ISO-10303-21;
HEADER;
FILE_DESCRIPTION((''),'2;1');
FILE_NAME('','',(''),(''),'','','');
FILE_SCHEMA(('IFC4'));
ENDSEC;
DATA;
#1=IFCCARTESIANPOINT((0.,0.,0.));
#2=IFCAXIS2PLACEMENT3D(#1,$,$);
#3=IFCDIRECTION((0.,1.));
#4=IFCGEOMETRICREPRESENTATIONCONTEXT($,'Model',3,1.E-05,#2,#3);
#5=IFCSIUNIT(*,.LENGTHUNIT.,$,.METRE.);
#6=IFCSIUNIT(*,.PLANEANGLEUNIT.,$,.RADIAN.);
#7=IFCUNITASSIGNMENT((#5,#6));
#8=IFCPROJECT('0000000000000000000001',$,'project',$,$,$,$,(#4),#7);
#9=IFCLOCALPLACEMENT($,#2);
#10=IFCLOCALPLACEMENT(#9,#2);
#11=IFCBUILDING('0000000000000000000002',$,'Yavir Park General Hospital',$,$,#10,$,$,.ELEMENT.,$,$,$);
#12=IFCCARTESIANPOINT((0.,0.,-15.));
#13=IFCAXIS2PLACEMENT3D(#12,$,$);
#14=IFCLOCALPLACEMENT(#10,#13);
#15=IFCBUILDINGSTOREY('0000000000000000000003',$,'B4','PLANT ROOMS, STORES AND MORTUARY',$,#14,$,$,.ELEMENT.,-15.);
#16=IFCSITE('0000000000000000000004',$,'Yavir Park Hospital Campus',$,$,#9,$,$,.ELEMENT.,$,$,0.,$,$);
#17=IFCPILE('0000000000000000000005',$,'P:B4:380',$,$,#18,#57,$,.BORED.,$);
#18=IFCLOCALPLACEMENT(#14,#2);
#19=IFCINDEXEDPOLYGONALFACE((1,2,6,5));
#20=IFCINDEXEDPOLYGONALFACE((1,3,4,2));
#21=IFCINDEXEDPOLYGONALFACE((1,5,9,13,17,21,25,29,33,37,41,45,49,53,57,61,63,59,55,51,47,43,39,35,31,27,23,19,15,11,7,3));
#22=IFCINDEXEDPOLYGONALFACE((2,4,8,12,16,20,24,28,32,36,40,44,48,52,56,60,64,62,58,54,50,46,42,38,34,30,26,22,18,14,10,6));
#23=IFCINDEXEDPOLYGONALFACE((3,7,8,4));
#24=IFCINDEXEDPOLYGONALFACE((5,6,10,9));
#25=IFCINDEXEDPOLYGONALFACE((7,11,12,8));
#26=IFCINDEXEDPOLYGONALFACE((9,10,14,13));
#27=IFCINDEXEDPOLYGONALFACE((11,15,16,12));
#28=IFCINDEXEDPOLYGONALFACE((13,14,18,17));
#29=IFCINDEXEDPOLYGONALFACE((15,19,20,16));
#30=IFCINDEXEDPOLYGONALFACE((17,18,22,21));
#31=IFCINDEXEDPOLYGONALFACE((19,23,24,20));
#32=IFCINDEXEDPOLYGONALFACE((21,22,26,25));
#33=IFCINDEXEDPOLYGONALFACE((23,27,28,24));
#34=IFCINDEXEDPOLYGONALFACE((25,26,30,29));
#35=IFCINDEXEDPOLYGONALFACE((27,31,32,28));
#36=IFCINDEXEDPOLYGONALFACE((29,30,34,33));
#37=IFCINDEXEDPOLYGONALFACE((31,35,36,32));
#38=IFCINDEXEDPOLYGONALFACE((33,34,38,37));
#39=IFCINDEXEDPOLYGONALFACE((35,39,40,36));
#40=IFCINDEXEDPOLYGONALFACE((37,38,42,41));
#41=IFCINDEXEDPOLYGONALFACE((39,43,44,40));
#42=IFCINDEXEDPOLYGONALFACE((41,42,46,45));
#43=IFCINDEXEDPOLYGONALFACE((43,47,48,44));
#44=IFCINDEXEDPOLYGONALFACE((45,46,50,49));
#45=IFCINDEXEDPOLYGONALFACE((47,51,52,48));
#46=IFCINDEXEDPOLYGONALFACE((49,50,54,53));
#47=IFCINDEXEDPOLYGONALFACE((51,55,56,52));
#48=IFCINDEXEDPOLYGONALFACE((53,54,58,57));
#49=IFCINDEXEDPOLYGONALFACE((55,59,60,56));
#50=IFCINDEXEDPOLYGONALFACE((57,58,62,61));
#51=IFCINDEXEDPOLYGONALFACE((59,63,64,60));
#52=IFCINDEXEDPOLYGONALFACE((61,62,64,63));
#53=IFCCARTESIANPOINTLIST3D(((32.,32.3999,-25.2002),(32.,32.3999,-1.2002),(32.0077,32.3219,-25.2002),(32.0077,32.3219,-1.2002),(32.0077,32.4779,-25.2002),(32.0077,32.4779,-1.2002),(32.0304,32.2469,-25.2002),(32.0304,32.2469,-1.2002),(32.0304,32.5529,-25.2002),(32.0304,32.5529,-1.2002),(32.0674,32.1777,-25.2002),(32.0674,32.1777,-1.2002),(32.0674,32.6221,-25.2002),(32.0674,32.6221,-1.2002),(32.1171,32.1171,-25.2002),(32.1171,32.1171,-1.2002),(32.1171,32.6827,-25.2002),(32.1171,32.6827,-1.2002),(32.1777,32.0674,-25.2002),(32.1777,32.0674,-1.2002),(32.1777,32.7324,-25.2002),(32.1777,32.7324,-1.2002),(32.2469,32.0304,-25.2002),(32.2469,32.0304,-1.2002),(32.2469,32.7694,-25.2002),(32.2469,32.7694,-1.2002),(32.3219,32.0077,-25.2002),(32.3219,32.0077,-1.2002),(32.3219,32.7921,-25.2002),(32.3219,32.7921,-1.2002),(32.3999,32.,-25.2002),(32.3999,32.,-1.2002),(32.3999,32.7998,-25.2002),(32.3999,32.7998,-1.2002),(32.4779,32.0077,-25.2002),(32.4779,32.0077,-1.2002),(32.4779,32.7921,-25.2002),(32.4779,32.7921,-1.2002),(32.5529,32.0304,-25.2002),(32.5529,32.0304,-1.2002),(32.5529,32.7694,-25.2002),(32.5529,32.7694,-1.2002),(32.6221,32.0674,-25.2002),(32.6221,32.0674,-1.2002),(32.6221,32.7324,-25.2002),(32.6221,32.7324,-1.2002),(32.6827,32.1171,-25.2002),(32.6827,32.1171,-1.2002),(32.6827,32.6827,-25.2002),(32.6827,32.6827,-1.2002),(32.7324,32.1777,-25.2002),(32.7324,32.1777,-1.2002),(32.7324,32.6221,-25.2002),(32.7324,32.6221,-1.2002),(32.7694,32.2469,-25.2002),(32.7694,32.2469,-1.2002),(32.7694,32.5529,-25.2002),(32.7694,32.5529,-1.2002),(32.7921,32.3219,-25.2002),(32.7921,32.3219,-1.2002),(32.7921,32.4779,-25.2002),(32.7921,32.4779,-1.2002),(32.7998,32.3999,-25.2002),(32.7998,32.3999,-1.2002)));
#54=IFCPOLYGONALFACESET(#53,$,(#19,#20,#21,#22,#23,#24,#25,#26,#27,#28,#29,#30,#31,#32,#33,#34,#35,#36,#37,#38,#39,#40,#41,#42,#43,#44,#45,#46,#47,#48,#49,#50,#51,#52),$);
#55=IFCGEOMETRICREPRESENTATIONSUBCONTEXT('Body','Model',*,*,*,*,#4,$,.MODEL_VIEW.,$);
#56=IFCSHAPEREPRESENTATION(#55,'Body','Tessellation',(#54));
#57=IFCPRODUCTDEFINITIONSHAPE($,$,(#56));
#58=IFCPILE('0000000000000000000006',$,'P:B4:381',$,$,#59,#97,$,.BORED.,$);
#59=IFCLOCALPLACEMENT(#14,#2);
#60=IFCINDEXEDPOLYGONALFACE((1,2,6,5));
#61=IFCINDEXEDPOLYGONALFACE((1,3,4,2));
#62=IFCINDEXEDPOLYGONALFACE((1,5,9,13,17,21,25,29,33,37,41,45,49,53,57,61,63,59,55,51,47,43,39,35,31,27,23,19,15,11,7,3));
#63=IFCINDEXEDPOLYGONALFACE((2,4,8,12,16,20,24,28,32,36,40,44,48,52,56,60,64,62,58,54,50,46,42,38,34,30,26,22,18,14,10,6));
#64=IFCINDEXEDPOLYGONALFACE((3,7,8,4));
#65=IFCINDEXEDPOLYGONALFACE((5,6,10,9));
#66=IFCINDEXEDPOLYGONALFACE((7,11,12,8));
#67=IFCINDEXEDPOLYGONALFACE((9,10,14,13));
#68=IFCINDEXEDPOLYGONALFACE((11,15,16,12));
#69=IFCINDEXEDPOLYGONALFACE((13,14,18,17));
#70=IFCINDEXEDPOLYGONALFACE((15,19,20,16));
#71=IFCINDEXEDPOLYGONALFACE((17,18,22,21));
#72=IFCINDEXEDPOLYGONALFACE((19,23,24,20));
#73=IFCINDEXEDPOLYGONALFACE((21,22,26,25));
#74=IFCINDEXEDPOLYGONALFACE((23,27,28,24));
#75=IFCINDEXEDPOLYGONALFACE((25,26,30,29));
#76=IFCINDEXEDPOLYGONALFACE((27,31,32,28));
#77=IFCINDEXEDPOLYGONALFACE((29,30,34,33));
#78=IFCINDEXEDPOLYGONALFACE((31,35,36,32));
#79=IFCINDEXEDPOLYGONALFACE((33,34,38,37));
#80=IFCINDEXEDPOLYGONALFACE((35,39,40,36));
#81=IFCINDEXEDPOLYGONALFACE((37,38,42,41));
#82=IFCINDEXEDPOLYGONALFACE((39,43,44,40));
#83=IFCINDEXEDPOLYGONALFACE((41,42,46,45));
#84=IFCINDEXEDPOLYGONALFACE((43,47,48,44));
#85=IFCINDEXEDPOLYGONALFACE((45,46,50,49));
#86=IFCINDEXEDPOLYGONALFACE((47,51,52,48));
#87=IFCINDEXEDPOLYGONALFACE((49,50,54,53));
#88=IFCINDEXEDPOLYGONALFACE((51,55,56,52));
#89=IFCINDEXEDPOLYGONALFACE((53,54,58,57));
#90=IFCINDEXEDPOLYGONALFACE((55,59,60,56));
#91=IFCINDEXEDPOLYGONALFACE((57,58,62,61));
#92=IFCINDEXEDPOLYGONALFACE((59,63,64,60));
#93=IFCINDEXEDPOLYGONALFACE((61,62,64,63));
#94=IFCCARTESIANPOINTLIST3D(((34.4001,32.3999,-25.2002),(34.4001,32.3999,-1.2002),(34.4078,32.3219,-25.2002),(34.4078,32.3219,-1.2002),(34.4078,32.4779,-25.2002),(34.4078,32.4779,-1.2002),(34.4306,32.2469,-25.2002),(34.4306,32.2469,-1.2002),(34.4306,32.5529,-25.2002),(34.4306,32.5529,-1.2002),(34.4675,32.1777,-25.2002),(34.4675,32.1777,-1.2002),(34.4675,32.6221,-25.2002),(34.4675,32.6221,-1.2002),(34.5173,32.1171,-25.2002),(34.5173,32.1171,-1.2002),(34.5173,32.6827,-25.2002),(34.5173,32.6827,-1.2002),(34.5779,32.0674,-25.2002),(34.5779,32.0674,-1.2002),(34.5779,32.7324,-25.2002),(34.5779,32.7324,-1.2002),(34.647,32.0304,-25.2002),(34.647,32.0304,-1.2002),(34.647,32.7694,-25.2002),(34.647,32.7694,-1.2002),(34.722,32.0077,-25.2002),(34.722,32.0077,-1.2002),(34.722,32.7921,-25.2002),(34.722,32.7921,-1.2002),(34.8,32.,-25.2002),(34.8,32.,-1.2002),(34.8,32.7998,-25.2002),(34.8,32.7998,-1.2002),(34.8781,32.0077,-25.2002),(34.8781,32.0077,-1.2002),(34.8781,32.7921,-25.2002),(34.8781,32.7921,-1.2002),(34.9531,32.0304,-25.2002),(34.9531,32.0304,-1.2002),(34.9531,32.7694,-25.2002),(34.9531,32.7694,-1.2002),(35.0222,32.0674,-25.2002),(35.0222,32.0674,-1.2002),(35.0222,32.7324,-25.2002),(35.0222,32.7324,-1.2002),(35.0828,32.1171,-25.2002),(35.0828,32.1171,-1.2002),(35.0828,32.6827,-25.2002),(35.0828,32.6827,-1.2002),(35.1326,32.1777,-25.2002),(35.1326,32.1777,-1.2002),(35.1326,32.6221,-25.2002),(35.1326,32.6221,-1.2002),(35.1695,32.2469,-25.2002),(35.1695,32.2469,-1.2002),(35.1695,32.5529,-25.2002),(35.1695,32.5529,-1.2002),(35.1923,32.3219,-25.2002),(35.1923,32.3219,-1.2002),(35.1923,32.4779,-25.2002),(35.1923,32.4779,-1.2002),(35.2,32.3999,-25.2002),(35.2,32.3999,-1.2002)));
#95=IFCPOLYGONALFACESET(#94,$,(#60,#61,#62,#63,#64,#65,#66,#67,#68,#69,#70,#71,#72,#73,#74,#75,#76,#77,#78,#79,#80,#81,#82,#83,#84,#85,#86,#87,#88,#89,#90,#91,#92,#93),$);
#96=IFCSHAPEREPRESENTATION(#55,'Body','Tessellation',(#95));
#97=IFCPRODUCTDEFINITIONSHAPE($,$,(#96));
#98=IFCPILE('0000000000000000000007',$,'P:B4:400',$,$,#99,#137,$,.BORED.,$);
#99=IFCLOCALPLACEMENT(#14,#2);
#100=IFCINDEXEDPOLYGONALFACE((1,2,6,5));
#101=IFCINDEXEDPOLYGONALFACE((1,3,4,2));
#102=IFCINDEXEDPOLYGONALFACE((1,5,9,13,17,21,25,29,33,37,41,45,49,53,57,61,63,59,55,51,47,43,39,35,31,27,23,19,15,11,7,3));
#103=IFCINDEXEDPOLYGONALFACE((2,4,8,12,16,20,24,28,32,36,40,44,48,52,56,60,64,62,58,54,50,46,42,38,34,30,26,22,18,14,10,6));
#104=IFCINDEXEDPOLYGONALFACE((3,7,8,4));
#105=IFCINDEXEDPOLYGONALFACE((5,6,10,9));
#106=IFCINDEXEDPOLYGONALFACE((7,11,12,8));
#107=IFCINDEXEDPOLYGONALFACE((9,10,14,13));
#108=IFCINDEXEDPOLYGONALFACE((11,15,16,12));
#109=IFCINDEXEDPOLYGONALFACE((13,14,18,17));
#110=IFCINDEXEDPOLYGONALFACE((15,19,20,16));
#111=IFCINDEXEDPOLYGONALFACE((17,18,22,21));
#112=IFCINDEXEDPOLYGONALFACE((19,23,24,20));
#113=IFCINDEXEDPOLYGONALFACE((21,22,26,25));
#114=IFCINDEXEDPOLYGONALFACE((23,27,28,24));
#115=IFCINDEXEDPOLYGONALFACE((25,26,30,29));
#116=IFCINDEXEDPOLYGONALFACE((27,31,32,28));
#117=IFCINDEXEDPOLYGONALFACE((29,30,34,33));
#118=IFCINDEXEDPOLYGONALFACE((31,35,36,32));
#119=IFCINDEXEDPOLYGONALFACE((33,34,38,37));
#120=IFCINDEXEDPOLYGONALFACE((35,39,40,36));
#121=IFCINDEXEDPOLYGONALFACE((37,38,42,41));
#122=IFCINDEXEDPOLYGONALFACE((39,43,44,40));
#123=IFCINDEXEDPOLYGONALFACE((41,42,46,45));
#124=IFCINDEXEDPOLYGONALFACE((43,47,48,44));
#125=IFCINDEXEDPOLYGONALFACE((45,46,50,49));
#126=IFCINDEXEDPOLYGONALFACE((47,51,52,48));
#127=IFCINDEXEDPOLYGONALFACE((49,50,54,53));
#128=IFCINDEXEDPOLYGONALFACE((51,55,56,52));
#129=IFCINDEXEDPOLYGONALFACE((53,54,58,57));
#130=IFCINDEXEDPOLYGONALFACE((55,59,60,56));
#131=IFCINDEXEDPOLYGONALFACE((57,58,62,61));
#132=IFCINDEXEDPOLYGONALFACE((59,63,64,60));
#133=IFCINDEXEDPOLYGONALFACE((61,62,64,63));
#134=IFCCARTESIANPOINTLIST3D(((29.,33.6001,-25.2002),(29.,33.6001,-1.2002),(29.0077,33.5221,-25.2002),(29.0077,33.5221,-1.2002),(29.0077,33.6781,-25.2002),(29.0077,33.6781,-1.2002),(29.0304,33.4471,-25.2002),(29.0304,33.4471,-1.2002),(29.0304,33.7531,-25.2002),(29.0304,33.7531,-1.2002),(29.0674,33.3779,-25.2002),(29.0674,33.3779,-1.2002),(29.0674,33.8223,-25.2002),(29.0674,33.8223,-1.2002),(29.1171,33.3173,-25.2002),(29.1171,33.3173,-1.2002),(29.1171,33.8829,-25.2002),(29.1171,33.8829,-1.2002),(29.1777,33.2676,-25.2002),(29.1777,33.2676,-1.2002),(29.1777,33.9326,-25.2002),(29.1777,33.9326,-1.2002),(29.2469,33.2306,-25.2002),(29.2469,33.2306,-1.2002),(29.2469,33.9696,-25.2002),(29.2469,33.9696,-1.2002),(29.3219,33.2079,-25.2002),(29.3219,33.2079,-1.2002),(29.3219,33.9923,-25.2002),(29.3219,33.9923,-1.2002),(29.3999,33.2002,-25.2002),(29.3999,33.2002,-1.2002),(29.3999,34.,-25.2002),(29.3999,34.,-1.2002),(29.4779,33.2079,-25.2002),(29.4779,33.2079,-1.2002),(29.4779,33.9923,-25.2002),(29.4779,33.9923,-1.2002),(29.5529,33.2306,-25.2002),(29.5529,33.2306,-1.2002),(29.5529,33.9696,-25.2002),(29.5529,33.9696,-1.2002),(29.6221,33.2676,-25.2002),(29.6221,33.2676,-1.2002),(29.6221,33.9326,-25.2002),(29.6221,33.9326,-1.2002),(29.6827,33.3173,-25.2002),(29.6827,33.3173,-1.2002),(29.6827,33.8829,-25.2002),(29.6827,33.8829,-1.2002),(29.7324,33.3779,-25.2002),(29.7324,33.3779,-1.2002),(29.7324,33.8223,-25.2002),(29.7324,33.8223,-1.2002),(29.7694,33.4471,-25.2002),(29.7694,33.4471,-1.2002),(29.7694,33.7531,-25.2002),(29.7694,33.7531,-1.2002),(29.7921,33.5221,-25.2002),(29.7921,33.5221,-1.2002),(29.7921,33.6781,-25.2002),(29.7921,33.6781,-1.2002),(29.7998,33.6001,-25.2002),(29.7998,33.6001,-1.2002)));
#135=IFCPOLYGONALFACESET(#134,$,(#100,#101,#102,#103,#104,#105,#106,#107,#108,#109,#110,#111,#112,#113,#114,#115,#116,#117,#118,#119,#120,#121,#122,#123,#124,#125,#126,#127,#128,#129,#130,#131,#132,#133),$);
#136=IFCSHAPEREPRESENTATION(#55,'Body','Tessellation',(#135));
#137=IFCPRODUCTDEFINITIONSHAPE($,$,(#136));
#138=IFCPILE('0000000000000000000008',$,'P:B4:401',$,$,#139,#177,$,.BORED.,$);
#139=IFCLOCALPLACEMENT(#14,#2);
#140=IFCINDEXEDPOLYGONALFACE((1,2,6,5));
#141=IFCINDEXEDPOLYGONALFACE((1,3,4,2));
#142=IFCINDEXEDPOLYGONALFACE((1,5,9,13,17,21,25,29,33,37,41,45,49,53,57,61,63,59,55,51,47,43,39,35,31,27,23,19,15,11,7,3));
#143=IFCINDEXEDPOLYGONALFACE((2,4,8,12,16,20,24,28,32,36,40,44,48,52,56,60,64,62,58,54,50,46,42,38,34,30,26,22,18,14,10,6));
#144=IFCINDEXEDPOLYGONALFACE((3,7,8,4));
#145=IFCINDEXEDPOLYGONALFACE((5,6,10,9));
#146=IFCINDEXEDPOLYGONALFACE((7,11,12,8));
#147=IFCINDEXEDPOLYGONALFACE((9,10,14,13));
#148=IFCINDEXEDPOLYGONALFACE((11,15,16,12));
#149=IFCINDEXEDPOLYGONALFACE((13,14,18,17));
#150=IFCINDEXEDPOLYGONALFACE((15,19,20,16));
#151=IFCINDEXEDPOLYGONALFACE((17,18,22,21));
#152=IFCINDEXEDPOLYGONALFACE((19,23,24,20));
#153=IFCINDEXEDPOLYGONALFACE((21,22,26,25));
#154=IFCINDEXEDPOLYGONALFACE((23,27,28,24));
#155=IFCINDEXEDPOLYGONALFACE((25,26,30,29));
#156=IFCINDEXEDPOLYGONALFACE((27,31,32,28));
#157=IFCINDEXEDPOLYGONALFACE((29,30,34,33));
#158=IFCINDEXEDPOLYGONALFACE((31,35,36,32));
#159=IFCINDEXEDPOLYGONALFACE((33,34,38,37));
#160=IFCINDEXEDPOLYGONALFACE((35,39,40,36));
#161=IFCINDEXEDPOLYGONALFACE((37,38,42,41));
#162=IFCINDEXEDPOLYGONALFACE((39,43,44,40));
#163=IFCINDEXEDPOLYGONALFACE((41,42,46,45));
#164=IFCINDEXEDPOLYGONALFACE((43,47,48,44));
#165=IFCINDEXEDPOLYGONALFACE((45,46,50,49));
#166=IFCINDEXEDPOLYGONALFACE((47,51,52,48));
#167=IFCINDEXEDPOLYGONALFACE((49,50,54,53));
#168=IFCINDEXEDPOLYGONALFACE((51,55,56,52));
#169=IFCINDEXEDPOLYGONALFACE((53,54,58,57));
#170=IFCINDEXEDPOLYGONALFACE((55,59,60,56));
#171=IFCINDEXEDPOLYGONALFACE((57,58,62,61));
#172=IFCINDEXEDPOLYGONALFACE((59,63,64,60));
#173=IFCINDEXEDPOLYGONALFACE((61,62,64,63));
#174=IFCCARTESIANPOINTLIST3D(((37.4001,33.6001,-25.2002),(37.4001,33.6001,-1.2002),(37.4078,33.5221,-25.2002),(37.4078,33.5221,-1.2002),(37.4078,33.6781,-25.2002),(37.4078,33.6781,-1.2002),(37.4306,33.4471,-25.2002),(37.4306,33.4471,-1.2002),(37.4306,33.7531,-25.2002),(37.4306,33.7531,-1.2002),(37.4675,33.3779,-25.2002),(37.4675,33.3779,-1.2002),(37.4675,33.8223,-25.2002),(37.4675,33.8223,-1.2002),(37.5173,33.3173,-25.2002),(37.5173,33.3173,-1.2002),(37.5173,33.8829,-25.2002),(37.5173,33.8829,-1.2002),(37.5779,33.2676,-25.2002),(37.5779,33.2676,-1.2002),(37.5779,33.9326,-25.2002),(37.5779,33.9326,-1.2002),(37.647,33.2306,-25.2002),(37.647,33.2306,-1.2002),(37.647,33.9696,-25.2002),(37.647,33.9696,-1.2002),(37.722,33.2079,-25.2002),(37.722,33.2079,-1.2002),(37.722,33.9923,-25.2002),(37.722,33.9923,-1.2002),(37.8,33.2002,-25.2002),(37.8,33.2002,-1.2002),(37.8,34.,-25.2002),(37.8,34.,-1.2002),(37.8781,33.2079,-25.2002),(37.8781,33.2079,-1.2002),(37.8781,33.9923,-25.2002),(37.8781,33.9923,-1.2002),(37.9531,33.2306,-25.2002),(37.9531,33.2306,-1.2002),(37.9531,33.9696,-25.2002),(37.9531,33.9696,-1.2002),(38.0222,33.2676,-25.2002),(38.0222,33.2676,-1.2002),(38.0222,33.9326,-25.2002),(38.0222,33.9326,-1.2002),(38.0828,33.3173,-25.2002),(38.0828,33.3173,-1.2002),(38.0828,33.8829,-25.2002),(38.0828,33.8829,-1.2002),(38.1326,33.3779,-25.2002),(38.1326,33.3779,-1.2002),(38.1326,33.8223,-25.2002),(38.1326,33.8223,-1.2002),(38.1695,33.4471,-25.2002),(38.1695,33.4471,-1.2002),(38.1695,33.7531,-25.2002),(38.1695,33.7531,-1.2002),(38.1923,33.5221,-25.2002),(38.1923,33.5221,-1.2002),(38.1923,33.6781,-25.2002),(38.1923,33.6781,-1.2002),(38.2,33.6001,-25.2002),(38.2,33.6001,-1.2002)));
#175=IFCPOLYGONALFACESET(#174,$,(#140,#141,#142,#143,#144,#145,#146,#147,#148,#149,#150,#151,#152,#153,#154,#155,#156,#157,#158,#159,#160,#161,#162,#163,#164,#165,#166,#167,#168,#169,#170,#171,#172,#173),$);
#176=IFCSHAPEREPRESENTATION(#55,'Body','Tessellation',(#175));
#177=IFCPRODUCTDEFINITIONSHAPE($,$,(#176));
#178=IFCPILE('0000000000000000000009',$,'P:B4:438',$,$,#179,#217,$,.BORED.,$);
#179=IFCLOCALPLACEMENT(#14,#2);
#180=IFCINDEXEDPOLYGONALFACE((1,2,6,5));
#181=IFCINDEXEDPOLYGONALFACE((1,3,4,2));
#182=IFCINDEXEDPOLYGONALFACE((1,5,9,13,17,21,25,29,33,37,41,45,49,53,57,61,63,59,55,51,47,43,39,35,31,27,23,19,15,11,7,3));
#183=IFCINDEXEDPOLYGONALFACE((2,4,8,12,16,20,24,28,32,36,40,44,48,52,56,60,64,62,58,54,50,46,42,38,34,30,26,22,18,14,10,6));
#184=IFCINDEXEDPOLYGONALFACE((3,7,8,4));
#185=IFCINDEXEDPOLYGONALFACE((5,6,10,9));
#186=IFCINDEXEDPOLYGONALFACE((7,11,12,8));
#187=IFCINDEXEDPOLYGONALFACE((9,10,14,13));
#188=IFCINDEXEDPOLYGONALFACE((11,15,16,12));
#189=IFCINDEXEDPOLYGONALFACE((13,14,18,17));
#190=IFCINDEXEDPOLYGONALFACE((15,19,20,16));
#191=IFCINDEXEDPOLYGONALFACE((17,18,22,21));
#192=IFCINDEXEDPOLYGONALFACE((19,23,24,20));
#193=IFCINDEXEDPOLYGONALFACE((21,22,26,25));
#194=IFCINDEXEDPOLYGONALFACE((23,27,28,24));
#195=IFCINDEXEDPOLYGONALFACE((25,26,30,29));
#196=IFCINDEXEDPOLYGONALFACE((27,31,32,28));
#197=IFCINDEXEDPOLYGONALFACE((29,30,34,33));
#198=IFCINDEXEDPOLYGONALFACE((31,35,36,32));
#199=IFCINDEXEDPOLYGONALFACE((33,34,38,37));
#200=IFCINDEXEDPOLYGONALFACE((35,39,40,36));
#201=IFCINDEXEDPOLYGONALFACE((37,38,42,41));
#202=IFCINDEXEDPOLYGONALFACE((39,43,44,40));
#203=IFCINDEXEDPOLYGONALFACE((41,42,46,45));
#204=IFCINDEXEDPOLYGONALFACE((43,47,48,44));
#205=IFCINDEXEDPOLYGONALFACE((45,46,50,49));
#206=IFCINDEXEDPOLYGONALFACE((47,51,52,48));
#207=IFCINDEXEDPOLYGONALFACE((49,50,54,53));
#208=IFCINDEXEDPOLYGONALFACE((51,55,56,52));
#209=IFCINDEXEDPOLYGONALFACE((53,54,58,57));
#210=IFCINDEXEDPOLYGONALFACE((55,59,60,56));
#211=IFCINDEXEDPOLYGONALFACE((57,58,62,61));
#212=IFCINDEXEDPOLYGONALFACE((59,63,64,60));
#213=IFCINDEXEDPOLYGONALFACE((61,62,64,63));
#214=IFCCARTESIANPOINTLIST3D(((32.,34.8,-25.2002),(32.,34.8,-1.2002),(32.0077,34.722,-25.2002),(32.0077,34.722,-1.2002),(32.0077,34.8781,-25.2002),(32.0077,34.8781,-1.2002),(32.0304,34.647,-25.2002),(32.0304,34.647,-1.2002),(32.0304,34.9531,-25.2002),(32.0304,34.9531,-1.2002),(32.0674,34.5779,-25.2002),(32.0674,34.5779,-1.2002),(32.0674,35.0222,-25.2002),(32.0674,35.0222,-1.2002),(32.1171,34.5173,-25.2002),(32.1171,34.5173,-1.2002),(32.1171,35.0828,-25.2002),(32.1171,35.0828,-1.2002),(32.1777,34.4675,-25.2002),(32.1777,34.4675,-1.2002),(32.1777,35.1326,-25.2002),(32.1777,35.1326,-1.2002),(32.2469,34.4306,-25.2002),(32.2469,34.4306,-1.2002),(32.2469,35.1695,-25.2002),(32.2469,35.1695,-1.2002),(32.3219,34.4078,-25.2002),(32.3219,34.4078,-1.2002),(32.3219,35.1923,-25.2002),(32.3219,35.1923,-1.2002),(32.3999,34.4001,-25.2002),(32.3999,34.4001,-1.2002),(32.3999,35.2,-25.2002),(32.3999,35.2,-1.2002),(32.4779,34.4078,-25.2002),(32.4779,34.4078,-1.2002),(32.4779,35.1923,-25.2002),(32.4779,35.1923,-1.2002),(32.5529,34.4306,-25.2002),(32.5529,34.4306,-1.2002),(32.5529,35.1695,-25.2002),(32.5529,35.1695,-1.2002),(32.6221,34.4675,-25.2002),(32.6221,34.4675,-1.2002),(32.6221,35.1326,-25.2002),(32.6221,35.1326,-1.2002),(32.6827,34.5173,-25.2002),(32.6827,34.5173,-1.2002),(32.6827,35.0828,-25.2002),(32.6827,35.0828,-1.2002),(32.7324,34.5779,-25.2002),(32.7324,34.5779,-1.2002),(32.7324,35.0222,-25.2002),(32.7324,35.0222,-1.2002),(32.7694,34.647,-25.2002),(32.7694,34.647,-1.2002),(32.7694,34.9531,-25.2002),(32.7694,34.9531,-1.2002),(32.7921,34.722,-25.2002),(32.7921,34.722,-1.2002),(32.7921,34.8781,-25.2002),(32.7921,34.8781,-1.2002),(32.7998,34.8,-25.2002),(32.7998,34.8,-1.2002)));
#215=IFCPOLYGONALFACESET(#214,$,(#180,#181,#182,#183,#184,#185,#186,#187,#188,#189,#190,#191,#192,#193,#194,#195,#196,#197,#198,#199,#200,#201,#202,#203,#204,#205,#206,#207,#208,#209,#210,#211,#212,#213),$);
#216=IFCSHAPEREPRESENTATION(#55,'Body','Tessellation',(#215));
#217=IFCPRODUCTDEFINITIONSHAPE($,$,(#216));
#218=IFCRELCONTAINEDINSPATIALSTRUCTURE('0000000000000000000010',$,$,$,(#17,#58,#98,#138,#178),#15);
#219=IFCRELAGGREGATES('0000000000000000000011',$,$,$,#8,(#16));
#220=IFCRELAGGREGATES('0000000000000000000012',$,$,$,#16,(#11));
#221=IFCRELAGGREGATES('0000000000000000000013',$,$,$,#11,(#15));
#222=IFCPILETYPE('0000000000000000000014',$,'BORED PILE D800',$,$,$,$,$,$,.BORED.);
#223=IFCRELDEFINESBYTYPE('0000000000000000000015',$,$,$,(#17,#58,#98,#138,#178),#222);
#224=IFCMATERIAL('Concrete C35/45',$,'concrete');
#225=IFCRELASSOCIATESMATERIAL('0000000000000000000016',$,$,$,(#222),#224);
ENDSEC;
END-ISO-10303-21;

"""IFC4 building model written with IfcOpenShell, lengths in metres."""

from ifc_helpers import new_model, si_unit, direction, frame, origin, origin_2d, place, context, subcontext, project, spatial, circle, extrude, material, material_profile, profile_set, type_object, element, save


model = new_model("IFC4")

# Units and contexts
model_context = context("Model", 3, precision=1e-05, world=origin(), true_north=direction((0.0, 1.0)))
body_context = subcontext(model_context, "Body", "Model", "MODEL_VIEW")
ifc_project = project(units=[si_unit("LENGTHUNIT", "METRE"), si_unit("PLANEANGLEUNIT", "RADIAN")], contexts=[model_context])

# Site, building, storey
site_placement = place(None, origin())
site = spatial("IfcSite", under=ifc_project, at=site_placement, Name="Yavir Park Hospital Campus", CompositionType="ELEMENT", RefElevation=0.0)
building_placement = place(site_placement, origin())
building = spatial("IfcBuilding", under=site, at=building_placement, Name="Yavir Park General Hospital", CompositionType="ELEMENT")
storey_placement = place(building_placement, frame((0.0, 0.0, -15.0)))
storey = spatial("IfcBuildingStorey", under=building, at=storey_placement, Name="B4", Description="PLANT ROOMS, STORES AND MORTUARY", CompositionType="ELEMENT", Elevation=-15.0)

# Piles
ifc_material_1 = material(Name="Concrete C35/45", Category="concrete")
ifc_material_profile_1 = material_profile(ifc_material_1, circle(Radius=0.3999, at=origin_2d()), Name="D800")
ifc_profile_set_1 = profile_set([ifc_material_profile_1], Name="Concrete C35/45")
pile_type_1 = type_object("IfcPileType", Name="BORED PILE D800", PredefinedType="BORED", material=ifc_profile_set_1)
for number, where, z_axis, x_axis, name in (
    (1, (32.3999, 32.3999, -1.2002), (0.0, 0.0, -1.0), (1.0, 0.0, 0.0), "P:B4:380"),
    (2, (34.8, 32.3999, -1.2002), (0.0, 0.0, -1.0), (1.0, 0.0, 0.0), "P:B4:381"),
    (3, (29.3999, 33.6001, -1.2002), (0.0, 0.0, -1.0), (1.0, 0.0, 0.0), "P:B4:400"),
    (4, (37.8, 33.6001, -1.2002), (0.0, 0.0, -1.0), (1.0, 0.0, 0.0), "P:B4:401"),
    (5, (32.3999, 34.8, -1.2002), (0.0, 0.0, -1.0), (1.0, 0.0, 0.0), "P:B4:438"),
):
    element("IfcPile", number, at=place(storey_placement, frame(where, z_axis=z_axis, x_axis=x_axis)), inside=storey, type_object=pile_type_1, Name=name, PredefinedType="BORED", context=body_context, shape_type="SweptSolid", body=[
        extrude(circle(Radius=0.3999, at=origin_2d()), origin(), (0.0, 0.0, 1.0), 24.0),
    ])

save(model, "model.ifc")
